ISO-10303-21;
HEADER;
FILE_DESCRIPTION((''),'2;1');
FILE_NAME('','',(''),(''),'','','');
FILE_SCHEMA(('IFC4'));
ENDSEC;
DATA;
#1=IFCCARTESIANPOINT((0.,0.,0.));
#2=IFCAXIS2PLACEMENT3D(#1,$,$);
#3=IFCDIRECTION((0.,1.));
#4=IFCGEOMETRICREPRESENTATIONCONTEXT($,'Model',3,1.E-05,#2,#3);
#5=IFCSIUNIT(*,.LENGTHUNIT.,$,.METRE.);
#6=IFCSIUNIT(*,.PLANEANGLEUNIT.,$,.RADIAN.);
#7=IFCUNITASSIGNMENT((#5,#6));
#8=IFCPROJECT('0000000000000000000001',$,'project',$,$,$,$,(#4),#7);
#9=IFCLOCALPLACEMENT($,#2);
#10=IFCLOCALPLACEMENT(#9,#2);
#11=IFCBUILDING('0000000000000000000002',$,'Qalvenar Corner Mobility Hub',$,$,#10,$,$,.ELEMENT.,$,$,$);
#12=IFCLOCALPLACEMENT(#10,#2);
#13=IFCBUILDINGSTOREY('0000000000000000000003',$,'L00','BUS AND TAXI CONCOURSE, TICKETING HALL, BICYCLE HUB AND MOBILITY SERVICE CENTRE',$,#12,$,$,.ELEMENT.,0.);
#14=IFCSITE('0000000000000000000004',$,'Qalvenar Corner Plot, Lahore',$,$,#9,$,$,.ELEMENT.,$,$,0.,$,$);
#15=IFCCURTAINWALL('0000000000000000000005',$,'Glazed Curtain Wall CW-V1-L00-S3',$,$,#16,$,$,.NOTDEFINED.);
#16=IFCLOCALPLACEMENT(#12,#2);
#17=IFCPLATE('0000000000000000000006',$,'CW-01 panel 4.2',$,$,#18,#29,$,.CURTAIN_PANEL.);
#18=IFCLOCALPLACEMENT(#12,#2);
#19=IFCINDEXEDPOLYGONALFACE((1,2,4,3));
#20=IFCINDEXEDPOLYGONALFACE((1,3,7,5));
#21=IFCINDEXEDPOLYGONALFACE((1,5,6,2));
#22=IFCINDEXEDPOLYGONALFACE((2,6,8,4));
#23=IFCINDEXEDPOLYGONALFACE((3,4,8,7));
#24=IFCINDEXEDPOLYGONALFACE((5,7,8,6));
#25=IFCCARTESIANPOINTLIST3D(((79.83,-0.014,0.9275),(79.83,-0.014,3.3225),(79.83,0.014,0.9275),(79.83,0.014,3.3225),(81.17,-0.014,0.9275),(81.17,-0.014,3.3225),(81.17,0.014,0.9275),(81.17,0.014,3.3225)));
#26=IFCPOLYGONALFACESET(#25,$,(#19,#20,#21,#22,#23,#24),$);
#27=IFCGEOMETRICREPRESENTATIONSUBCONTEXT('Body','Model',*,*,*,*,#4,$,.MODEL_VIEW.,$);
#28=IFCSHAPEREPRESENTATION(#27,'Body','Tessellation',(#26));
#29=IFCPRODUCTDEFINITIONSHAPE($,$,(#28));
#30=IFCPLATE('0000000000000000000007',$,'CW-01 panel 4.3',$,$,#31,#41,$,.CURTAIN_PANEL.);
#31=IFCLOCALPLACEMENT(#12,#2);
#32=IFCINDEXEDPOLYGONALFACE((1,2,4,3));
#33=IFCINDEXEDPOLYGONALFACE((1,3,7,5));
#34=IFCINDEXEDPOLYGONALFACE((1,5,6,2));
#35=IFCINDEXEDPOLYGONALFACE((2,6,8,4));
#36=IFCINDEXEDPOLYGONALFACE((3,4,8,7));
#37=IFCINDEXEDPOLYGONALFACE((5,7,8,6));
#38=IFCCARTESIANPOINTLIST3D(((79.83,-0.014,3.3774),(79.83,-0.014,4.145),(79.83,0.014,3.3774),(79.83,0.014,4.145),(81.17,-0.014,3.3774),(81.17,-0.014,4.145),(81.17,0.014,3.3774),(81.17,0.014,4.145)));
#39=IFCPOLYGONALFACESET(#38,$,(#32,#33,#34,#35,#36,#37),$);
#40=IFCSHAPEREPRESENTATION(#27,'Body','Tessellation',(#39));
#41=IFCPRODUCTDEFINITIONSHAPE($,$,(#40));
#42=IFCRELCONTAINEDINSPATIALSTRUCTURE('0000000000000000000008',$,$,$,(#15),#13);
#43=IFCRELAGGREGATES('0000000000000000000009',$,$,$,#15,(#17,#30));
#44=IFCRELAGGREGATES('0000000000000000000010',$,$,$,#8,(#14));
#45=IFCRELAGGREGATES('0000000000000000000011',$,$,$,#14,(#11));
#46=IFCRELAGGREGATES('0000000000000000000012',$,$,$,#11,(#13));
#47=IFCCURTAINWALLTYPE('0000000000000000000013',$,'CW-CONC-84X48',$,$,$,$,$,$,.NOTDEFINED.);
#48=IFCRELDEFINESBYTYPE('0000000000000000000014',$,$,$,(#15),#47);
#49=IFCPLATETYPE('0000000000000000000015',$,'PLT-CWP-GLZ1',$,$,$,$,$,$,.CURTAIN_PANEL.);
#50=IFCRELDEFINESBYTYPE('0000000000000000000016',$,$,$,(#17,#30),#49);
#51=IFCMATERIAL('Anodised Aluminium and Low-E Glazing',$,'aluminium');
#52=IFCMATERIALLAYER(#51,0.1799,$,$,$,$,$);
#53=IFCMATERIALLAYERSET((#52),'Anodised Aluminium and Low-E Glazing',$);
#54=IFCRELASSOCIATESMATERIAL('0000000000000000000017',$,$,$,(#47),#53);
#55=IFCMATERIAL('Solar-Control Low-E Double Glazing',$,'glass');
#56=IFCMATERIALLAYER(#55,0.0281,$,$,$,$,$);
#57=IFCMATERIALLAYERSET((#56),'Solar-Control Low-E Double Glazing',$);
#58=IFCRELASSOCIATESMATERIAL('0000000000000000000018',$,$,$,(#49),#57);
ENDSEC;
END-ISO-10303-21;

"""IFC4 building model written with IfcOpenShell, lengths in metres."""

from ifc_helpers import new_model, si_unit, direction, frame, origin, origin_2d, place, context, subcontext, project, spatial, rectangle, extrude, material, layer, layer_set, type_object, element, aggregate, save


model = new_model("IFC4")

# Units and contexts
model_context = context("Model", 3, precision=1e-05, world=origin(), true_north=direction((0.0, 1.0)))
body_context = subcontext(model_context, "Body", "Model", "MODEL_VIEW")
ifc_project = project(units=[si_unit("LENGTHUNIT", "METRE"), si_unit("PLANEANGLEUNIT", "RADIAN")], contexts=[model_context])

# Site, building, storey
site_placement = place(None, origin())
site = spatial("IfcSite", under=ifc_project, at=site_placement, Name="Qalvenar Corner Plot, Lahore", CompositionType="ELEMENT", RefElevation=0.0)
building_placement = place(site_placement, origin())
building = spatial("IfcBuilding", under=site, at=building_placement, Name="Qalvenar Corner Mobility Hub", CompositionType="ELEMENT")
storey_placement = place(building_placement, origin())
storey = spatial("IfcBuildingStorey", under=building, at=storey_placement, Name="L00", Description="BUS AND TAXI CONCOURSE, TICKETING HALL, BICYCLE HUB AND MOBILITY SERVICE CENTRE", CompositionType="ELEMENT", Elevation=0.0)

# Curtain wall, plates
ifc_material_1 = material(Name="Anodised Aluminium and Low-E Glazing", Category="aluminium")
ifc_layer_1 = layer(ifc_material_1, 0.1799)
ifc_layer_set_1 = layer_set([ifc_layer_1], Name="Anodised Aluminium and Low-E Glazing")
curtain_wall_type = type_object("IfcCurtainWallType", Name="CW-CONC-84X48", PredefinedType="NOTDEFINED", material=ifc_layer_set_1)
curtain_wall_placement = place(storey_placement, origin())
curtain_wall = element("IfcCurtainWall", 1, at=curtain_wall_placement, inside=storey, type_object=curtain_wall_type, Name="Glazed Curtain Wall CW-V1-L00-S3", PredefinedType="NOTDEFINED")
ifc_material_2 = material(Name="Solar-Control Low-E Double Glazing", Category="glass")
ifc_layer_2 = layer(ifc_material_2, 0.0281)
ifc_layer_set_2 = layer_set([ifc_layer_2], Name="Solar-Control Low-E Double Glazing")
plate_type = type_object("IfcPlateType", Name="PLT-CWP-GLZ1", PredefinedType="CURTAIN_PANEL", material=ifc_layer_set_2)
plate_1_placement = place(storey_placement, frame((80.5, 0.0, 0.9275), z_axis=(0.0, 0.0, 1.0), x_axis=(1.0, 0.0, 0.0)))
plate_1 = element("IfcPlate", 2, at=plate_1_placement, type_object=plate_type, Name="CW-01 panel 4.2", PredefinedType="CURTAIN_PANEL", context=body_context, shape_type="SweptSolid", body=[
    extrude(rectangle(XDim=1.3401, YDim=0.0281, at=origin_2d()), origin(), (0.0, 0.0, 1.0), 2.395),
])
plate_2_placement = place(storey_placement, frame((80.5, 0.0, 3.3774), z_axis=(0.0, 0.0, 1.0), x_axis=(1.0, 0.0, 0.0)))
plate_2 = element("IfcPlate", 3, at=plate_2_placement, type_object=plate_type, Name="CW-01 panel 4.3", PredefinedType="CURTAIN_PANEL", context=body_context, shape_type="SweptSolid", body=[
    extrude(rectangle(XDim=1.3401, YDim=0.0281, at=origin_2d()), origin(), (0.0, 0.0, 1.0), 0.7676),
])
aggregate(curtain_wall, [plate_1, plate_2])

save(model, "model.ifc")
